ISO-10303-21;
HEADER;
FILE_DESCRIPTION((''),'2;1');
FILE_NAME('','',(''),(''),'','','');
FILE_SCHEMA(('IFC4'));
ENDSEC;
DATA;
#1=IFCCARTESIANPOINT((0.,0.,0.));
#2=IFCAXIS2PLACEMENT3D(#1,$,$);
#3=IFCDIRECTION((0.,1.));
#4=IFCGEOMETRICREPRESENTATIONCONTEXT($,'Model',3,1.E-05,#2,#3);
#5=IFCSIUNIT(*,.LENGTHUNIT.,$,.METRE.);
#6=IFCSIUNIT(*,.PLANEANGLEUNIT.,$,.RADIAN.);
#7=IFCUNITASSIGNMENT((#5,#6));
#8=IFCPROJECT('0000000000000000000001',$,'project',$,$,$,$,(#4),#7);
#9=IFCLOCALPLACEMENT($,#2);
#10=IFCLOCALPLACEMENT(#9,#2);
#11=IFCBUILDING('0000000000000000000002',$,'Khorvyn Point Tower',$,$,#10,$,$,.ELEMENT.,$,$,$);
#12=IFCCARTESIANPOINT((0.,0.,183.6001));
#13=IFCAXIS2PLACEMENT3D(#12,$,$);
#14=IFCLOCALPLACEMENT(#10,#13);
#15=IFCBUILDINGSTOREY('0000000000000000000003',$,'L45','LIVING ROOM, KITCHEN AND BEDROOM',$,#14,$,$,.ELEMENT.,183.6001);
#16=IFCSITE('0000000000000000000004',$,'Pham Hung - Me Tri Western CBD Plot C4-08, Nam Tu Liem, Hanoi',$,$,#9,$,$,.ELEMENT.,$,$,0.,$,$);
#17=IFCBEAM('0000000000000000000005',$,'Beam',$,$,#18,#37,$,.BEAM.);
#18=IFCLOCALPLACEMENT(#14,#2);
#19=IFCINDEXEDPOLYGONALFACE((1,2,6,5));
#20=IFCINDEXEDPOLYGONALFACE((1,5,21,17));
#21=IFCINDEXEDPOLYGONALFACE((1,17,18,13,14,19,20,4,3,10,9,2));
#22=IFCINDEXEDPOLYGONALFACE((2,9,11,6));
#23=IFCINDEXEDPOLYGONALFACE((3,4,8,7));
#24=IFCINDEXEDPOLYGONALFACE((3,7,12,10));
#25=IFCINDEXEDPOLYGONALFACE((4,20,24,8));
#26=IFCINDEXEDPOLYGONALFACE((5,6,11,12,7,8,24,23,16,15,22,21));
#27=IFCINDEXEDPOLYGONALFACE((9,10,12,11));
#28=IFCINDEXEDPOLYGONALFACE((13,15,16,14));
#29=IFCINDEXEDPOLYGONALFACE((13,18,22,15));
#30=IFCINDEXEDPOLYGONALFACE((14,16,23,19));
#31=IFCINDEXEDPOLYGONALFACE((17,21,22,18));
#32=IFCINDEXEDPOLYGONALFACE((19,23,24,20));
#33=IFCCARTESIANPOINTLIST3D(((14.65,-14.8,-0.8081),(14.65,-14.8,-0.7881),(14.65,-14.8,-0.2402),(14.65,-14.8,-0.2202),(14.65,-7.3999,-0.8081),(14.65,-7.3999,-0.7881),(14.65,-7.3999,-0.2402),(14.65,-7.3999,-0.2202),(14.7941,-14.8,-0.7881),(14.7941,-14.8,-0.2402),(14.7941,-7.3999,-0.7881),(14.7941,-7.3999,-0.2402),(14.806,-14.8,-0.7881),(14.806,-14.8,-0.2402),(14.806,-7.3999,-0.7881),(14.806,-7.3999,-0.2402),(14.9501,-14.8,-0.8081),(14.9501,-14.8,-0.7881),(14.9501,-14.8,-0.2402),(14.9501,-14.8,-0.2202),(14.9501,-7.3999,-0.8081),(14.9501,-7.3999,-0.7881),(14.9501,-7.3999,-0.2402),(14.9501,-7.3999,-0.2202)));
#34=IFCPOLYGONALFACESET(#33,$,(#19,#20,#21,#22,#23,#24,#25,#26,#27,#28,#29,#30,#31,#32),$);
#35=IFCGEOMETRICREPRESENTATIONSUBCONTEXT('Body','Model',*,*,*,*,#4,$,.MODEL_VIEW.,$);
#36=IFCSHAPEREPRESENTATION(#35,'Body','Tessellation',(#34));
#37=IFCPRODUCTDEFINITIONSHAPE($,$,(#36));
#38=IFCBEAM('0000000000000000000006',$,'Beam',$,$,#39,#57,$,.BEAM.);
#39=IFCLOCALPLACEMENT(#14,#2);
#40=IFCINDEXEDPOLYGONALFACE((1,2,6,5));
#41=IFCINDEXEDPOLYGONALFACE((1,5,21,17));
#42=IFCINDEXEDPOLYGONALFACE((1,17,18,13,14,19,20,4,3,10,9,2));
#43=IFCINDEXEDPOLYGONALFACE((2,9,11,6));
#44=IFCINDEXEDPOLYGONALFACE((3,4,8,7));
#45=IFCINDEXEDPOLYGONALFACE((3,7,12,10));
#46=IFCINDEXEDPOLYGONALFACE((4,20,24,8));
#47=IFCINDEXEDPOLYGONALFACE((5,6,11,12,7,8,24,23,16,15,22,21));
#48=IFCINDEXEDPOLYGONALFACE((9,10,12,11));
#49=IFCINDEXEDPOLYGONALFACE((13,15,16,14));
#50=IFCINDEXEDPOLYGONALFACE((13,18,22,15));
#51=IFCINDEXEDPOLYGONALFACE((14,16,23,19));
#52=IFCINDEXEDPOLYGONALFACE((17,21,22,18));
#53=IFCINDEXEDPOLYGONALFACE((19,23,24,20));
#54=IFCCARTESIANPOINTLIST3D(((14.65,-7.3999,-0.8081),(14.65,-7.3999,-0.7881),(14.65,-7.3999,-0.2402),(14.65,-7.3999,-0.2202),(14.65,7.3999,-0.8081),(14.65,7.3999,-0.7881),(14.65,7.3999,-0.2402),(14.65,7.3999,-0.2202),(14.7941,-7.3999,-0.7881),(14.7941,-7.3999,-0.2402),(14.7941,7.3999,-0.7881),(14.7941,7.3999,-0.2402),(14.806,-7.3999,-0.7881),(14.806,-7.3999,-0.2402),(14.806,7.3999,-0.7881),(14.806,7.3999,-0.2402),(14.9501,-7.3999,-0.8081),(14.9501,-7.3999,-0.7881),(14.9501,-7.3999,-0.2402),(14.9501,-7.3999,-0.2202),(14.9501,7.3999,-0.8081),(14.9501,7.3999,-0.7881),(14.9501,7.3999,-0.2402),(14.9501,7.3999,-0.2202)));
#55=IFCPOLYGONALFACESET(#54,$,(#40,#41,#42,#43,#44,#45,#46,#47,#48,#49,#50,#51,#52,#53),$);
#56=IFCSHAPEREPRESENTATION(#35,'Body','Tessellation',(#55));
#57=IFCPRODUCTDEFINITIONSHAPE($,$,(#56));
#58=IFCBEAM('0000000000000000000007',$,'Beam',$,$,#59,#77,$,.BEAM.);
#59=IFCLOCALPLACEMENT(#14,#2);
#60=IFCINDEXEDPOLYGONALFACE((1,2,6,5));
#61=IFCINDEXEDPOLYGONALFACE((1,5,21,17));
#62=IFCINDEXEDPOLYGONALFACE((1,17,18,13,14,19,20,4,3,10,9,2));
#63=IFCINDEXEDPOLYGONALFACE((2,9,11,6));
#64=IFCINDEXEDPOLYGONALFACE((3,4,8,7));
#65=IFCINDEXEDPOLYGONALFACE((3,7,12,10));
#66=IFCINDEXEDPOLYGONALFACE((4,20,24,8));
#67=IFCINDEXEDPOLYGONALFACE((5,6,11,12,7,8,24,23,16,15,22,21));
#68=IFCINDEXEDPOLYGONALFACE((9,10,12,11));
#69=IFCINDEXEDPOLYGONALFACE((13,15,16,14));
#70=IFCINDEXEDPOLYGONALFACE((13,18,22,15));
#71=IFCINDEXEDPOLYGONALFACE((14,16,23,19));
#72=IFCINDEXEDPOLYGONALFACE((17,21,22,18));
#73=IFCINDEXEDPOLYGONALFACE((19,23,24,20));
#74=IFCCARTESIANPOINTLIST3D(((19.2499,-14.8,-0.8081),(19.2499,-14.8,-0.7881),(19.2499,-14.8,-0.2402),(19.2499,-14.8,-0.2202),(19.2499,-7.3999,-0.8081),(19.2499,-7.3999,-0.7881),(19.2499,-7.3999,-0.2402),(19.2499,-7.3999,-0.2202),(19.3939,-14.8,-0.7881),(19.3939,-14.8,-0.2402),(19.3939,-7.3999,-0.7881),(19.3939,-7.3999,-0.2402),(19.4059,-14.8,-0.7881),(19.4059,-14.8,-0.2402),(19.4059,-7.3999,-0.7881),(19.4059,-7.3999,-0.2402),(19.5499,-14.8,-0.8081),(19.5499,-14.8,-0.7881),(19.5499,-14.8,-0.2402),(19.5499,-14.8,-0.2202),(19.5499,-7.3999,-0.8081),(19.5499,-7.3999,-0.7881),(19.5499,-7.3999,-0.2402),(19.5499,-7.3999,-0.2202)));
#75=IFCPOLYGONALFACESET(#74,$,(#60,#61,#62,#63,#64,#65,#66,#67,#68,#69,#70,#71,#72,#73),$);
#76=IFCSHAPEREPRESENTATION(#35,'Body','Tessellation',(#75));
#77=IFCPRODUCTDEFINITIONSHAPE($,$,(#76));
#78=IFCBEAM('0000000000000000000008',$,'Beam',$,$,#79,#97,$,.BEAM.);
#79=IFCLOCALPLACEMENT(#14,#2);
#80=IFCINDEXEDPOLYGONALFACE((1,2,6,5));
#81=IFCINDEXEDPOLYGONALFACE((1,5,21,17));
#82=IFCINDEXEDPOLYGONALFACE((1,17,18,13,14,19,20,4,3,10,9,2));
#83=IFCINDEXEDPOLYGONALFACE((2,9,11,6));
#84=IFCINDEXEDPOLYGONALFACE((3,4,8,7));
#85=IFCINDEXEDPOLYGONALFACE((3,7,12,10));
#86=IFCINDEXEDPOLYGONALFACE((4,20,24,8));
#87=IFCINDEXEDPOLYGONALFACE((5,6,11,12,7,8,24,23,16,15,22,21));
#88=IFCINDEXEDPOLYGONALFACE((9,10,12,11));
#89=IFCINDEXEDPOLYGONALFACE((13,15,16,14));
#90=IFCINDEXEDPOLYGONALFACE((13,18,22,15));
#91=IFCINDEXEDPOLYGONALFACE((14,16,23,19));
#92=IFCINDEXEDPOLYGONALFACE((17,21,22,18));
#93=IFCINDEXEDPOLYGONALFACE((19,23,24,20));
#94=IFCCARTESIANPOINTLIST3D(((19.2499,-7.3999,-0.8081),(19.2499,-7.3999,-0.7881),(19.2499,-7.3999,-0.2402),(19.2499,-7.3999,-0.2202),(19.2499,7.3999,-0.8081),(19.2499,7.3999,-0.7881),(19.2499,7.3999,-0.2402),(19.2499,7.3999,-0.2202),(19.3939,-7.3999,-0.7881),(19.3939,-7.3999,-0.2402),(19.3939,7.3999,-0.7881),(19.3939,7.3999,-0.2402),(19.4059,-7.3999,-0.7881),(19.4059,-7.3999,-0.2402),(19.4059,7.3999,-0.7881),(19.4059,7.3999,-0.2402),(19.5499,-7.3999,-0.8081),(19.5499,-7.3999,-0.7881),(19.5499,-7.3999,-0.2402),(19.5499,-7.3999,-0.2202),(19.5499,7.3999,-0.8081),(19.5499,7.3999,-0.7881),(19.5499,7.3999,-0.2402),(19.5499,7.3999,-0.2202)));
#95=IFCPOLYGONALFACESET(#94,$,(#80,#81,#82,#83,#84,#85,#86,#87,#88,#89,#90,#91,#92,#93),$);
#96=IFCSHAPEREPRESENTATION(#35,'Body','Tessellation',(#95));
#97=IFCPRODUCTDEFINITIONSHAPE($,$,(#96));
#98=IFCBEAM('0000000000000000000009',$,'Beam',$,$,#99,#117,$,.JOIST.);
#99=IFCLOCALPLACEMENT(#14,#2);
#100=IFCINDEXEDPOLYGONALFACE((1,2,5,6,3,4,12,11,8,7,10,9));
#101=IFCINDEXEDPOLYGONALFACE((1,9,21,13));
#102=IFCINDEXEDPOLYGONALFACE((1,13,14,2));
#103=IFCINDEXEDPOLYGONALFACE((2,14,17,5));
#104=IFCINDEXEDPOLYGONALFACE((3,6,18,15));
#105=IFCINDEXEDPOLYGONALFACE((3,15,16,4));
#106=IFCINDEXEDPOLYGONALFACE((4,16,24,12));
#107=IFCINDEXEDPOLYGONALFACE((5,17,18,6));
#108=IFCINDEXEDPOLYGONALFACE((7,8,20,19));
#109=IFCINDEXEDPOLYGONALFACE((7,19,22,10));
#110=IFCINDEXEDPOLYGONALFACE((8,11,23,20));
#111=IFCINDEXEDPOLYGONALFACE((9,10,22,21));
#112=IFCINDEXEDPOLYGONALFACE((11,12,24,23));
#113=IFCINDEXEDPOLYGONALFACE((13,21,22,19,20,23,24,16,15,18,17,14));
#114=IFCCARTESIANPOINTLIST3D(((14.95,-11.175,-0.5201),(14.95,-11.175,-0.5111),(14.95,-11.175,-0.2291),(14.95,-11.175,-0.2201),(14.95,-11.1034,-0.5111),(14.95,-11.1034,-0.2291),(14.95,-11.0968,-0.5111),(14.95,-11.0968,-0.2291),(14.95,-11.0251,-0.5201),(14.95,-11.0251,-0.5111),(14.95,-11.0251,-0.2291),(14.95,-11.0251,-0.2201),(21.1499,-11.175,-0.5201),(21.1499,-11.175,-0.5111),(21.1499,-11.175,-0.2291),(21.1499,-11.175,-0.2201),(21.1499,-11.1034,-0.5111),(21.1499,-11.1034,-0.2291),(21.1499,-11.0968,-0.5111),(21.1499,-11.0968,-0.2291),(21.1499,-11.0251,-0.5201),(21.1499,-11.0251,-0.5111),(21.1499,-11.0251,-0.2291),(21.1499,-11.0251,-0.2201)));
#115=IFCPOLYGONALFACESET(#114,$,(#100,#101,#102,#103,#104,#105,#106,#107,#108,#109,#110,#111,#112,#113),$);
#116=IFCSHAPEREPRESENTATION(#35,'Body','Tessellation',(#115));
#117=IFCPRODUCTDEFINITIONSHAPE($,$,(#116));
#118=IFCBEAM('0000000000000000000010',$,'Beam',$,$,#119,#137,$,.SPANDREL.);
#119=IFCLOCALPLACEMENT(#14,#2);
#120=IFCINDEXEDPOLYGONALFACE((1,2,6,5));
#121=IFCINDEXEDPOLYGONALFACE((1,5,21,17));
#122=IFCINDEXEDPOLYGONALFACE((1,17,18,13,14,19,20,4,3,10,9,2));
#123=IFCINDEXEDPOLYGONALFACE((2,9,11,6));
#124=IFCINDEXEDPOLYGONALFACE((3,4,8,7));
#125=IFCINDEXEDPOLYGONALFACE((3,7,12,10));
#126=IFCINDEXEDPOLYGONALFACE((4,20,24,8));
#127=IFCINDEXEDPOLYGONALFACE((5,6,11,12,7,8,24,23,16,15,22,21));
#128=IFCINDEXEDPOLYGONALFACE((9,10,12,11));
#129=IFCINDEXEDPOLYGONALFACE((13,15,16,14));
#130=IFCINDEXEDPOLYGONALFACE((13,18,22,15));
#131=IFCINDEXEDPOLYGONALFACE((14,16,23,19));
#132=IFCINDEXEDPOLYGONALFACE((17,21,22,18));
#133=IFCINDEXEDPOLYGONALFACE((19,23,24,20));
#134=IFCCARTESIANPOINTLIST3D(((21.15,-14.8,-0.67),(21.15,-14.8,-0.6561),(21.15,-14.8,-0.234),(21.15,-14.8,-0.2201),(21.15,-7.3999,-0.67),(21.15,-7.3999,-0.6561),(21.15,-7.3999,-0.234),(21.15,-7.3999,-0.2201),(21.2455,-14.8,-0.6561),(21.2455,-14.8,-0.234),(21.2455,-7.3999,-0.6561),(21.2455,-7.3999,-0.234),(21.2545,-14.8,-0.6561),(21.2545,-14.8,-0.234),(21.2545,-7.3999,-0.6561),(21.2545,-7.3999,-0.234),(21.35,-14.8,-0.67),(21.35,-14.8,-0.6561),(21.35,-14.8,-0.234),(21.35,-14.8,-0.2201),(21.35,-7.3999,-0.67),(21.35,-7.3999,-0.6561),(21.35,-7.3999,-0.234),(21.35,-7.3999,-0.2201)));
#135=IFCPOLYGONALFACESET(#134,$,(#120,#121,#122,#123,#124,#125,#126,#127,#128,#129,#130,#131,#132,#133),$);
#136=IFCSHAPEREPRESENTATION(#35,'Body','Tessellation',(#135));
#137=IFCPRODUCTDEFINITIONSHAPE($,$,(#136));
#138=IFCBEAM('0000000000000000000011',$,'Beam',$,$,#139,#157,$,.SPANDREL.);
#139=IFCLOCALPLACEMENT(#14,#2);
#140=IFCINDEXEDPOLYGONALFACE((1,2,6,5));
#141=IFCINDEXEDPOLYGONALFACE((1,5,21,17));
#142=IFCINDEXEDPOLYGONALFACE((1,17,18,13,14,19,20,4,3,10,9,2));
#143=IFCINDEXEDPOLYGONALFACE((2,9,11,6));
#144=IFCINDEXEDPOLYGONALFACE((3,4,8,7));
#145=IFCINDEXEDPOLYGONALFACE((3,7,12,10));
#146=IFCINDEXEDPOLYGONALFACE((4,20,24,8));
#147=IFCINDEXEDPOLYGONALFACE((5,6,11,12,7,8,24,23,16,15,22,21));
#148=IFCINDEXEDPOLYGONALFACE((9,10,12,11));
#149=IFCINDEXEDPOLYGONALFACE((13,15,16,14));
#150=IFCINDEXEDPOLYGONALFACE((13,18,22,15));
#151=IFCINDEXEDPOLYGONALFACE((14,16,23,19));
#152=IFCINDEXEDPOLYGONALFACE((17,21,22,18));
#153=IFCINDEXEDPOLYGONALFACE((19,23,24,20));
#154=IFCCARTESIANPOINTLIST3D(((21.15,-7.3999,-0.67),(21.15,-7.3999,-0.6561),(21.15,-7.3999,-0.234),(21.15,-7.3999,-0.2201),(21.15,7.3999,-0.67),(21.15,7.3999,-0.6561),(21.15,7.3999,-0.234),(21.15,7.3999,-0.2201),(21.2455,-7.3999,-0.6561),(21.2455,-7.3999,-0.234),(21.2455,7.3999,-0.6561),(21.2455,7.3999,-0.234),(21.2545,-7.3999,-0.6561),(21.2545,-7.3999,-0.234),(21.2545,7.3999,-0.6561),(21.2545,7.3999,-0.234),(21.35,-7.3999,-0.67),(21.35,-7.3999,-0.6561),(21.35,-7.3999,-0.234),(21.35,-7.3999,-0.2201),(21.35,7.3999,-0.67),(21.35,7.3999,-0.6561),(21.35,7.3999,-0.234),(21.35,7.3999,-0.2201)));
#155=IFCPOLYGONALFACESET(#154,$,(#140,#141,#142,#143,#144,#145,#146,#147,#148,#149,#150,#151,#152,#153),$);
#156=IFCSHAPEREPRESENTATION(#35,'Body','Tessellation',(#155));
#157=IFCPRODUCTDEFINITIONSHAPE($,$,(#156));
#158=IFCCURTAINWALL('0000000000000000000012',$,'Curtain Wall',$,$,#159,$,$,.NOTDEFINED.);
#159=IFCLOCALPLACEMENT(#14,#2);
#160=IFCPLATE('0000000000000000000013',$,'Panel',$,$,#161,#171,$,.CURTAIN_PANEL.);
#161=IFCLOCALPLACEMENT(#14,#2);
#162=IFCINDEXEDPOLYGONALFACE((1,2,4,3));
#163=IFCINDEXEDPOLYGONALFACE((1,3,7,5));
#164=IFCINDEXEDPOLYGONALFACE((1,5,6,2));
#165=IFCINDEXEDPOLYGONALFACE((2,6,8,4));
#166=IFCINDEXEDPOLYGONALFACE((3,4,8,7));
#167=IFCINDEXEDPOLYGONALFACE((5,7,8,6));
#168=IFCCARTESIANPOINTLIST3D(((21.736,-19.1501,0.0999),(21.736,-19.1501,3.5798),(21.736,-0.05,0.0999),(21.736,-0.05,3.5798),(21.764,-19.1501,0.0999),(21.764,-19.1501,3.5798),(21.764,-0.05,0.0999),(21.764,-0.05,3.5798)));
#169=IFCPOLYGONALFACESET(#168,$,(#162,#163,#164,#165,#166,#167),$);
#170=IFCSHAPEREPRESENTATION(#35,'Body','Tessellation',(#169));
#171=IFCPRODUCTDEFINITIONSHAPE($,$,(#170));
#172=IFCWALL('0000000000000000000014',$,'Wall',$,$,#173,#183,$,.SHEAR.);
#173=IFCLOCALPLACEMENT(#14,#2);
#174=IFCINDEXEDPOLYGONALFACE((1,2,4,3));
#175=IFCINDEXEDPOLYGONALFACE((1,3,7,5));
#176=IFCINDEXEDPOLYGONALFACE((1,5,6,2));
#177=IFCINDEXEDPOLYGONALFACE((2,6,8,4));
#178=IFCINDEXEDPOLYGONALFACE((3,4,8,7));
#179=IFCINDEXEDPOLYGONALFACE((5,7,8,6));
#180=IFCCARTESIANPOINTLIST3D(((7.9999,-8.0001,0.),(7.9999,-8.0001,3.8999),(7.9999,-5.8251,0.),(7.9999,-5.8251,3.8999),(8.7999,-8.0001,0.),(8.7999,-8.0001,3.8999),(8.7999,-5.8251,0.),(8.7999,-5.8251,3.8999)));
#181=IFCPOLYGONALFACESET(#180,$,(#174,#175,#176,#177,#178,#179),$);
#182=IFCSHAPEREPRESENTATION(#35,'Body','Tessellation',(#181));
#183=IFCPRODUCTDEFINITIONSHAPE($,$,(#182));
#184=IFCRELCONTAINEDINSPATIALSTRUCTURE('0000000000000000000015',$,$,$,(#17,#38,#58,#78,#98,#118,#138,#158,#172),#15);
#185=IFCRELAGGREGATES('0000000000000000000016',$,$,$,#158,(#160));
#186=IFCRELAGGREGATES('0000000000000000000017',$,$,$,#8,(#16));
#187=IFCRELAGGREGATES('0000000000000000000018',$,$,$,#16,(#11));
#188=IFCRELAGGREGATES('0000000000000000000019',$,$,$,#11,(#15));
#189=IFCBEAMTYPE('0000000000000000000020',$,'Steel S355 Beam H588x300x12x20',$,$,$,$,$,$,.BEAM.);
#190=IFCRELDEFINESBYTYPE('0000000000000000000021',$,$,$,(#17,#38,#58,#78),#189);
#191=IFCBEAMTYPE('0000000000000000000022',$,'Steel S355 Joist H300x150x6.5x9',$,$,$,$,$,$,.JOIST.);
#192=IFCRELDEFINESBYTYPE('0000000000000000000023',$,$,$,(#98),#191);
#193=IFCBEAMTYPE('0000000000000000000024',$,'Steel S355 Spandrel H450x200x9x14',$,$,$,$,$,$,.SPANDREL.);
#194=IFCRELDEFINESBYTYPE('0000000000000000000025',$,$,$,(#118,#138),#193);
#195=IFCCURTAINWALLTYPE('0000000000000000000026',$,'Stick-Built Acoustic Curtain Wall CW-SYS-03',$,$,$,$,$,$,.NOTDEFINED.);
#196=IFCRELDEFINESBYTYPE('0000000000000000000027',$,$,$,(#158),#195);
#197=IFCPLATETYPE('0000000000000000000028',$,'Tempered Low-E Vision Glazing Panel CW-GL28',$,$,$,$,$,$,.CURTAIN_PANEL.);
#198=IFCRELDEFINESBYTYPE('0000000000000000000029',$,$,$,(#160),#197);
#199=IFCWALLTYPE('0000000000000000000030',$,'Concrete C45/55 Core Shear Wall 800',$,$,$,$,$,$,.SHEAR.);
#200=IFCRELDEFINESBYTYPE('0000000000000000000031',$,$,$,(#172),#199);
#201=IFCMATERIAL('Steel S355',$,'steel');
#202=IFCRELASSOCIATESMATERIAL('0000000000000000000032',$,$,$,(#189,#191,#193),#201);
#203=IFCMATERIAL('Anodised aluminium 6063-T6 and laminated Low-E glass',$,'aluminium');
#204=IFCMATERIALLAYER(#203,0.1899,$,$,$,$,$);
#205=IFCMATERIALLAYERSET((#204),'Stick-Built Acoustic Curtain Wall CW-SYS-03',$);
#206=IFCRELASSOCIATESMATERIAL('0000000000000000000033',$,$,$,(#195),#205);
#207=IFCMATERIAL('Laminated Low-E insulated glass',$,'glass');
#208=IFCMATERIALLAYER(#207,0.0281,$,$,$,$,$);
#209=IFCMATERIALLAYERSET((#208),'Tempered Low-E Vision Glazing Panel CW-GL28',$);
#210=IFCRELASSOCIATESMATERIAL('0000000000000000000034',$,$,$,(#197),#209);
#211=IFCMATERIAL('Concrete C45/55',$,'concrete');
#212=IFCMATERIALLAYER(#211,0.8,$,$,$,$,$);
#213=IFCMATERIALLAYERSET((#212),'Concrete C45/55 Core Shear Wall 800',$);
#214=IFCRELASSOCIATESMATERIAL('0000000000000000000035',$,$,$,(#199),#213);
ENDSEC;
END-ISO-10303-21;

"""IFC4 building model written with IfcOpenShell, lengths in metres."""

from ifc_helpers import new_model, si_unit, direction, frame, frame_2d, origin, origin_2d, place, context, subcontext, project, spatial, rectangle, i_section, extrude, material, layer, layer_set, material_profile, profile_set, type_object, element, aggregate, save


model = new_model("IFC4")

# Units and contexts
model_context = context("Model", 3, precision=1e-05, world=origin(), true_north=direction((0.0, 1.0)))
body_context = subcontext(model_context, "Body", "Model", "MODEL_VIEW")
ifc_project = project(units=[si_unit("LENGTHUNIT", "METRE"), si_unit("PLANEANGLEUNIT", "RADIAN")], contexts=[model_context])

# Site, building, storey
site_placement = place(None, origin())
site = spatial("IfcSite", under=ifc_project, at=site_placement, Name="Pham Hung - Me Tri Western CBD Plot C4-08, Nam Tu Liem, Hanoi", CompositionType="ELEMENT", RefElevation=0.0)
building_placement = place(site_placement, origin())
building = spatial("IfcBuilding", under=site, at=building_placement, Name="Khorvyn Point Tower", CompositionType="ELEMENT")
storey_placement = place(building_placement, frame((0.0, 0.0, 183.6001)))
storey = spatial("IfcBuildingStorey", under=building, at=storey_placement, Name="L45", Description="LIVING ROOM, KITCHEN AND BEDROOM", CompositionType="ELEMENT", Elevation=183.6001)

# Shared definitions
ifc_material_1 = material(Name="Concrete C45/55", Category="concrete")

# Beams
ifc_material_2 = material(Name="Steel S355", Category="steel")
ifc_material_profile_1 = material_profile(ifc_material_2, i_section(OverallWidth=0.3, OverallDepth=0.5879, WebThickness=0.012, FlangeThickness=0.02, at=origin_2d()))
ifc_profile_set_1 = profile_set([ifc_material_profile_1], Name="Steel S355 H588x300x12x20")
beam_type_1 = type_object("IfcBeamType", Name="Steel S355 Beam H588x300x12x20", PredefinedType="BEAM", material=ifc_profile_set_1)
beam_1_placement = place(storey_placement, frame((14.8, -14.8, -0.5142), z_axis=(0.0, 1.0, 0.0), x_axis=(-1.0, 0.0, 0.0)))
element("IfcBeam", 1, at=beam_1_placement, inside=storey, type_object=beam_type_1, Name="Beam", PredefinedType="BEAM", context=body_context, shape_type="SweptSolid", body=[
    extrude(i_section(OverallWidth=0.3, OverallDepth=0.5879, WebThickness=0.012, FlangeThickness=0.02, at=origin_2d()), origin(), (0.0, 0.0, 1.0), 7.4001),
])
beam_2_placement = place(storey_placement, frame((14.8, -7.3999, -0.5142), z_axis=(0.0, 1.0, 0.0), x_axis=(-1.0, 0.0, 0.0)))
element("IfcBeam", 2, at=beam_2_placement, inside=storey, type_object=beam_type_1, Name="Beam", PredefinedType="BEAM", context=body_context, shape_type="SweptSolid", body=[
    extrude(i_section(OverallWidth=0.3, OverallDepth=0.5879, WebThickness=0.012, FlangeThickness=0.02, at=origin_2d()), origin(), (0.0, 0.0, 1.0), 14.7998),
])
beam_3_placement = place(storey_placement, frame((19.3999, -14.8, -0.5142), z_axis=(0.0, 1.0, 0.0), x_axis=(-1.0, 0.0, 0.0)))
element("IfcBeam", 3, at=beam_3_placement, inside=storey, type_object=beam_type_1, Name="Beam", PredefinedType="BEAM", context=body_context, shape_type="SweptSolid", body=[
    extrude(i_section(OverallWidth=0.3, OverallDepth=0.5879, WebThickness=0.012, FlangeThickness=0.02, at=origin_2d()), origin(), (0.0, 0.0, 1.0), 7.4001),
])
beam_4_placement = place(storey_placement, frame((19.3999, -7.3999, -0.5142), z_axis=(0.0, 1.0, 0.0), x_axis=(-1.0, 0.0, 0.0)))
element("IfcBeam", 4, at=beam_4_placement, inside=storey, type_object=beam_type_1, Name="Beam", PredefinedType="BEAM", context=body_context, shape_type="SweptSolid", body=[
    extrude(i_section(OverallWidth=0.3, OverallDepth=0.5879, WebThickness=0.012, FlangeThickness=0.02, at=origin_2d()), origin(), (0.0, 0.0, 1.0), 14.7998),
])
ifc_material_profile_2 = material_profile(ifc_material_2, i_section(OverallWidth=0.1499, OverallDepth=0.3, WebThickness=0.0066, FlangeThickness=0.009, at=origin_2d()))
ifc_profile_set_2 = profile_set([ifc_material_profile_2], Name="Steel S355 H300x150x6.5x9")
beam_type_2 = type_object("IfcBeamType", Name="Steel S355 Joist H300x150x6.5x9", PredefinedType="JOIST", material=ifc_profile_set_2)
beam_5_placement = place(storey_placement, frame((14.95, -11.1001, -0.3701), z_axis=(1.0, 0.0, 0.0), x_axis=(0.0, 1.0, 0.0)))
element("IfcBeam", 5, at=beam_5_placement, inside=storey, type_object=beam_type_2, Name="Beam", PredefinedType="JOIST", context=body_context, shape_type="SweptSolid", body=[
    extrude(i_section(OverallWidth=0.1499, OverallDepth=0.3, WebThickness=0.0066, FlangeThickness=0.009, at=origin_2d()), origin(), (0.0, 0.0, 1.0), 6.2),
])
ifc_material_profile_3 = material_profile(ifc_material_2, i_section(OverallWidth=0.2, OverallDepth=0.45, WebThickness=0.009, FlangeThickness=0.0139, at=origin_2d()))
ifc_profile_set_3 = profile_set([ifc_material_profile_3], Name="Steel S355 H450x200x9x14")
beam_type_3 = type_object("IfcBeamType", Name="Steel S355 Spandrel H450x200x9x14", PredefinedType="SPANDREL", material=ifc_profile_set_3)
beam_6_placement = place(storey_placement, frame((21.25, -14.8, -0.4451), z_axis=(0.0, 1.0, 0.0), x_axis=(-1.0, 0.0, 0.0)))
element("IfcBeam", 6, at=beam_6_placement, inside=storey, type_object=beam_type_3, Name="Beam", PredefinedType="SPANDREL", context=body_context, shape_type="SweptSolid", body=[
    extrude(i_section(OverallWidth=0.2, OverallDepth=0.45, WebThickness=0.009, FlangeThickness=0.0139, at=origin_2d()), origin(), (0.0, 0.0, 1.0), 7.4001),
])
beam_7_placement = place(storey_placement, frame((21.25, -7.3999, -0.4451), z_axis=(0.0, 1.0, 0.0), x_axis=(-1.0, 0.0, 0.0)))
element("IfcBeam", 7, at=beam_7_placement, inside=storey, type_object=beam_type_3, Name="Beam", PredefinedType="SPANDREL", context=body_context, shape_type="SweptSolid", body=[
    extrude(i_section(OverallWidth=0.2, OverallDepth=0.45, WebThickness=0.009, FlangeThickness=0.0139, at=origin_2d()), origin(), (0.0, 0.0, 1.0), 14.7998),
])

# Curtain wall, plate
ifc_material_3 = material(Name="Anodised aluminium 6063-T6 and laminated Low-E glass", Category="aluminium")
ifc_layer_1 = layer(ifc_material_3, 0.1899)
ifc_layer_set_1 = layer_set([ifc_layer_1], Name="Stick-Built Acoustic Curtain Wall CW-SYS-03")
curtain_wall_type = type_object("IfcCurtainWallType", Name="Stick-Built Acoustic Curtain Wall CW-SYS-03", PredefinedType="NOTDEFINED", material=ifc_layer_set_1)
curtain_wall_placement = place(storey_placement, origin())
curtain_wall = element("IfcCurtainWall", 8, at=curtain_wall_placement, inside=storey, type_object=curtain_wall_type, Name="Curtain Wall", PredefinedType="NOTDEFINED")
ifc_material_4 = material(Name="Laminated Low-E insulated glass", Category="glass")
ifc_layer_2 = layer(ifc_material_4, 0.0281)
ifc_layer_set_2 = layer_set([ifc_layer_2], Name="Tempered Low-E Vision Glazing Panel CW-GL28")
plate_type = type_object("IfcPlateType", Name="Tempered Low-E Vision Glazing Panel CW-GL28", PredefinedType="CURTAIN_PANEL", material=ifc_layer_set_2)
plate_placement = place(storey_placement, frame((21.75, -9.6001, 0.0999), z_axis=(0.0, 0.0, 1.0), x_axis=(0.0, -1.0, 0.0)))
plate = element("IfcPlate", 9, at=plate_placement, type_object=plate_type, Name="Panel", PredefinedType="CURTAIN_PANEL", context=body_context, shape_type="SweptSolid", body=[
    extrude(rectangle(XDim=19.1001, YDim=0.0281, at=origin_2d()), origin(), (0.0, 0.0, 1.0), 3.48),
])
aggregate(curtain_wall, [plate])

# Wall
ifc_layer_3 = layer(ifc_material_1, 0.8)
ifc_layer_set_3 = layer_set([ifc_layer_3], Name="Concrete C45/55 Core Shear Wall 800")
wall_type_1 = type_object("IfcWallType", Name="Concrete C45/55 Core Shear Wall 800", PredefinedType="SHEAR", material=ifc_layer_set_3)
wall_1_placement = place(storey_placement, frame((8.3999, -8.0, 0.0), z_axis=(0.0, 0.0, 1.0), x_axis=(0.0, 1.0, 0.0)))
element("IfcWall", 10, at=wall_1_placement, inside=storey, type_object=wall_type_1, Name="Wall", PredefinedType="SHEAR", context=body_context, shape_type="SweptSolid", body=[
    extrude(rectangle(XDim=2.175, YDim=0.8, at=frame_2d((1.0874, 0.0))), origin(), (0.0, 0.0, 1.0), 3.8999),
])

save(model, "model.ifc")
